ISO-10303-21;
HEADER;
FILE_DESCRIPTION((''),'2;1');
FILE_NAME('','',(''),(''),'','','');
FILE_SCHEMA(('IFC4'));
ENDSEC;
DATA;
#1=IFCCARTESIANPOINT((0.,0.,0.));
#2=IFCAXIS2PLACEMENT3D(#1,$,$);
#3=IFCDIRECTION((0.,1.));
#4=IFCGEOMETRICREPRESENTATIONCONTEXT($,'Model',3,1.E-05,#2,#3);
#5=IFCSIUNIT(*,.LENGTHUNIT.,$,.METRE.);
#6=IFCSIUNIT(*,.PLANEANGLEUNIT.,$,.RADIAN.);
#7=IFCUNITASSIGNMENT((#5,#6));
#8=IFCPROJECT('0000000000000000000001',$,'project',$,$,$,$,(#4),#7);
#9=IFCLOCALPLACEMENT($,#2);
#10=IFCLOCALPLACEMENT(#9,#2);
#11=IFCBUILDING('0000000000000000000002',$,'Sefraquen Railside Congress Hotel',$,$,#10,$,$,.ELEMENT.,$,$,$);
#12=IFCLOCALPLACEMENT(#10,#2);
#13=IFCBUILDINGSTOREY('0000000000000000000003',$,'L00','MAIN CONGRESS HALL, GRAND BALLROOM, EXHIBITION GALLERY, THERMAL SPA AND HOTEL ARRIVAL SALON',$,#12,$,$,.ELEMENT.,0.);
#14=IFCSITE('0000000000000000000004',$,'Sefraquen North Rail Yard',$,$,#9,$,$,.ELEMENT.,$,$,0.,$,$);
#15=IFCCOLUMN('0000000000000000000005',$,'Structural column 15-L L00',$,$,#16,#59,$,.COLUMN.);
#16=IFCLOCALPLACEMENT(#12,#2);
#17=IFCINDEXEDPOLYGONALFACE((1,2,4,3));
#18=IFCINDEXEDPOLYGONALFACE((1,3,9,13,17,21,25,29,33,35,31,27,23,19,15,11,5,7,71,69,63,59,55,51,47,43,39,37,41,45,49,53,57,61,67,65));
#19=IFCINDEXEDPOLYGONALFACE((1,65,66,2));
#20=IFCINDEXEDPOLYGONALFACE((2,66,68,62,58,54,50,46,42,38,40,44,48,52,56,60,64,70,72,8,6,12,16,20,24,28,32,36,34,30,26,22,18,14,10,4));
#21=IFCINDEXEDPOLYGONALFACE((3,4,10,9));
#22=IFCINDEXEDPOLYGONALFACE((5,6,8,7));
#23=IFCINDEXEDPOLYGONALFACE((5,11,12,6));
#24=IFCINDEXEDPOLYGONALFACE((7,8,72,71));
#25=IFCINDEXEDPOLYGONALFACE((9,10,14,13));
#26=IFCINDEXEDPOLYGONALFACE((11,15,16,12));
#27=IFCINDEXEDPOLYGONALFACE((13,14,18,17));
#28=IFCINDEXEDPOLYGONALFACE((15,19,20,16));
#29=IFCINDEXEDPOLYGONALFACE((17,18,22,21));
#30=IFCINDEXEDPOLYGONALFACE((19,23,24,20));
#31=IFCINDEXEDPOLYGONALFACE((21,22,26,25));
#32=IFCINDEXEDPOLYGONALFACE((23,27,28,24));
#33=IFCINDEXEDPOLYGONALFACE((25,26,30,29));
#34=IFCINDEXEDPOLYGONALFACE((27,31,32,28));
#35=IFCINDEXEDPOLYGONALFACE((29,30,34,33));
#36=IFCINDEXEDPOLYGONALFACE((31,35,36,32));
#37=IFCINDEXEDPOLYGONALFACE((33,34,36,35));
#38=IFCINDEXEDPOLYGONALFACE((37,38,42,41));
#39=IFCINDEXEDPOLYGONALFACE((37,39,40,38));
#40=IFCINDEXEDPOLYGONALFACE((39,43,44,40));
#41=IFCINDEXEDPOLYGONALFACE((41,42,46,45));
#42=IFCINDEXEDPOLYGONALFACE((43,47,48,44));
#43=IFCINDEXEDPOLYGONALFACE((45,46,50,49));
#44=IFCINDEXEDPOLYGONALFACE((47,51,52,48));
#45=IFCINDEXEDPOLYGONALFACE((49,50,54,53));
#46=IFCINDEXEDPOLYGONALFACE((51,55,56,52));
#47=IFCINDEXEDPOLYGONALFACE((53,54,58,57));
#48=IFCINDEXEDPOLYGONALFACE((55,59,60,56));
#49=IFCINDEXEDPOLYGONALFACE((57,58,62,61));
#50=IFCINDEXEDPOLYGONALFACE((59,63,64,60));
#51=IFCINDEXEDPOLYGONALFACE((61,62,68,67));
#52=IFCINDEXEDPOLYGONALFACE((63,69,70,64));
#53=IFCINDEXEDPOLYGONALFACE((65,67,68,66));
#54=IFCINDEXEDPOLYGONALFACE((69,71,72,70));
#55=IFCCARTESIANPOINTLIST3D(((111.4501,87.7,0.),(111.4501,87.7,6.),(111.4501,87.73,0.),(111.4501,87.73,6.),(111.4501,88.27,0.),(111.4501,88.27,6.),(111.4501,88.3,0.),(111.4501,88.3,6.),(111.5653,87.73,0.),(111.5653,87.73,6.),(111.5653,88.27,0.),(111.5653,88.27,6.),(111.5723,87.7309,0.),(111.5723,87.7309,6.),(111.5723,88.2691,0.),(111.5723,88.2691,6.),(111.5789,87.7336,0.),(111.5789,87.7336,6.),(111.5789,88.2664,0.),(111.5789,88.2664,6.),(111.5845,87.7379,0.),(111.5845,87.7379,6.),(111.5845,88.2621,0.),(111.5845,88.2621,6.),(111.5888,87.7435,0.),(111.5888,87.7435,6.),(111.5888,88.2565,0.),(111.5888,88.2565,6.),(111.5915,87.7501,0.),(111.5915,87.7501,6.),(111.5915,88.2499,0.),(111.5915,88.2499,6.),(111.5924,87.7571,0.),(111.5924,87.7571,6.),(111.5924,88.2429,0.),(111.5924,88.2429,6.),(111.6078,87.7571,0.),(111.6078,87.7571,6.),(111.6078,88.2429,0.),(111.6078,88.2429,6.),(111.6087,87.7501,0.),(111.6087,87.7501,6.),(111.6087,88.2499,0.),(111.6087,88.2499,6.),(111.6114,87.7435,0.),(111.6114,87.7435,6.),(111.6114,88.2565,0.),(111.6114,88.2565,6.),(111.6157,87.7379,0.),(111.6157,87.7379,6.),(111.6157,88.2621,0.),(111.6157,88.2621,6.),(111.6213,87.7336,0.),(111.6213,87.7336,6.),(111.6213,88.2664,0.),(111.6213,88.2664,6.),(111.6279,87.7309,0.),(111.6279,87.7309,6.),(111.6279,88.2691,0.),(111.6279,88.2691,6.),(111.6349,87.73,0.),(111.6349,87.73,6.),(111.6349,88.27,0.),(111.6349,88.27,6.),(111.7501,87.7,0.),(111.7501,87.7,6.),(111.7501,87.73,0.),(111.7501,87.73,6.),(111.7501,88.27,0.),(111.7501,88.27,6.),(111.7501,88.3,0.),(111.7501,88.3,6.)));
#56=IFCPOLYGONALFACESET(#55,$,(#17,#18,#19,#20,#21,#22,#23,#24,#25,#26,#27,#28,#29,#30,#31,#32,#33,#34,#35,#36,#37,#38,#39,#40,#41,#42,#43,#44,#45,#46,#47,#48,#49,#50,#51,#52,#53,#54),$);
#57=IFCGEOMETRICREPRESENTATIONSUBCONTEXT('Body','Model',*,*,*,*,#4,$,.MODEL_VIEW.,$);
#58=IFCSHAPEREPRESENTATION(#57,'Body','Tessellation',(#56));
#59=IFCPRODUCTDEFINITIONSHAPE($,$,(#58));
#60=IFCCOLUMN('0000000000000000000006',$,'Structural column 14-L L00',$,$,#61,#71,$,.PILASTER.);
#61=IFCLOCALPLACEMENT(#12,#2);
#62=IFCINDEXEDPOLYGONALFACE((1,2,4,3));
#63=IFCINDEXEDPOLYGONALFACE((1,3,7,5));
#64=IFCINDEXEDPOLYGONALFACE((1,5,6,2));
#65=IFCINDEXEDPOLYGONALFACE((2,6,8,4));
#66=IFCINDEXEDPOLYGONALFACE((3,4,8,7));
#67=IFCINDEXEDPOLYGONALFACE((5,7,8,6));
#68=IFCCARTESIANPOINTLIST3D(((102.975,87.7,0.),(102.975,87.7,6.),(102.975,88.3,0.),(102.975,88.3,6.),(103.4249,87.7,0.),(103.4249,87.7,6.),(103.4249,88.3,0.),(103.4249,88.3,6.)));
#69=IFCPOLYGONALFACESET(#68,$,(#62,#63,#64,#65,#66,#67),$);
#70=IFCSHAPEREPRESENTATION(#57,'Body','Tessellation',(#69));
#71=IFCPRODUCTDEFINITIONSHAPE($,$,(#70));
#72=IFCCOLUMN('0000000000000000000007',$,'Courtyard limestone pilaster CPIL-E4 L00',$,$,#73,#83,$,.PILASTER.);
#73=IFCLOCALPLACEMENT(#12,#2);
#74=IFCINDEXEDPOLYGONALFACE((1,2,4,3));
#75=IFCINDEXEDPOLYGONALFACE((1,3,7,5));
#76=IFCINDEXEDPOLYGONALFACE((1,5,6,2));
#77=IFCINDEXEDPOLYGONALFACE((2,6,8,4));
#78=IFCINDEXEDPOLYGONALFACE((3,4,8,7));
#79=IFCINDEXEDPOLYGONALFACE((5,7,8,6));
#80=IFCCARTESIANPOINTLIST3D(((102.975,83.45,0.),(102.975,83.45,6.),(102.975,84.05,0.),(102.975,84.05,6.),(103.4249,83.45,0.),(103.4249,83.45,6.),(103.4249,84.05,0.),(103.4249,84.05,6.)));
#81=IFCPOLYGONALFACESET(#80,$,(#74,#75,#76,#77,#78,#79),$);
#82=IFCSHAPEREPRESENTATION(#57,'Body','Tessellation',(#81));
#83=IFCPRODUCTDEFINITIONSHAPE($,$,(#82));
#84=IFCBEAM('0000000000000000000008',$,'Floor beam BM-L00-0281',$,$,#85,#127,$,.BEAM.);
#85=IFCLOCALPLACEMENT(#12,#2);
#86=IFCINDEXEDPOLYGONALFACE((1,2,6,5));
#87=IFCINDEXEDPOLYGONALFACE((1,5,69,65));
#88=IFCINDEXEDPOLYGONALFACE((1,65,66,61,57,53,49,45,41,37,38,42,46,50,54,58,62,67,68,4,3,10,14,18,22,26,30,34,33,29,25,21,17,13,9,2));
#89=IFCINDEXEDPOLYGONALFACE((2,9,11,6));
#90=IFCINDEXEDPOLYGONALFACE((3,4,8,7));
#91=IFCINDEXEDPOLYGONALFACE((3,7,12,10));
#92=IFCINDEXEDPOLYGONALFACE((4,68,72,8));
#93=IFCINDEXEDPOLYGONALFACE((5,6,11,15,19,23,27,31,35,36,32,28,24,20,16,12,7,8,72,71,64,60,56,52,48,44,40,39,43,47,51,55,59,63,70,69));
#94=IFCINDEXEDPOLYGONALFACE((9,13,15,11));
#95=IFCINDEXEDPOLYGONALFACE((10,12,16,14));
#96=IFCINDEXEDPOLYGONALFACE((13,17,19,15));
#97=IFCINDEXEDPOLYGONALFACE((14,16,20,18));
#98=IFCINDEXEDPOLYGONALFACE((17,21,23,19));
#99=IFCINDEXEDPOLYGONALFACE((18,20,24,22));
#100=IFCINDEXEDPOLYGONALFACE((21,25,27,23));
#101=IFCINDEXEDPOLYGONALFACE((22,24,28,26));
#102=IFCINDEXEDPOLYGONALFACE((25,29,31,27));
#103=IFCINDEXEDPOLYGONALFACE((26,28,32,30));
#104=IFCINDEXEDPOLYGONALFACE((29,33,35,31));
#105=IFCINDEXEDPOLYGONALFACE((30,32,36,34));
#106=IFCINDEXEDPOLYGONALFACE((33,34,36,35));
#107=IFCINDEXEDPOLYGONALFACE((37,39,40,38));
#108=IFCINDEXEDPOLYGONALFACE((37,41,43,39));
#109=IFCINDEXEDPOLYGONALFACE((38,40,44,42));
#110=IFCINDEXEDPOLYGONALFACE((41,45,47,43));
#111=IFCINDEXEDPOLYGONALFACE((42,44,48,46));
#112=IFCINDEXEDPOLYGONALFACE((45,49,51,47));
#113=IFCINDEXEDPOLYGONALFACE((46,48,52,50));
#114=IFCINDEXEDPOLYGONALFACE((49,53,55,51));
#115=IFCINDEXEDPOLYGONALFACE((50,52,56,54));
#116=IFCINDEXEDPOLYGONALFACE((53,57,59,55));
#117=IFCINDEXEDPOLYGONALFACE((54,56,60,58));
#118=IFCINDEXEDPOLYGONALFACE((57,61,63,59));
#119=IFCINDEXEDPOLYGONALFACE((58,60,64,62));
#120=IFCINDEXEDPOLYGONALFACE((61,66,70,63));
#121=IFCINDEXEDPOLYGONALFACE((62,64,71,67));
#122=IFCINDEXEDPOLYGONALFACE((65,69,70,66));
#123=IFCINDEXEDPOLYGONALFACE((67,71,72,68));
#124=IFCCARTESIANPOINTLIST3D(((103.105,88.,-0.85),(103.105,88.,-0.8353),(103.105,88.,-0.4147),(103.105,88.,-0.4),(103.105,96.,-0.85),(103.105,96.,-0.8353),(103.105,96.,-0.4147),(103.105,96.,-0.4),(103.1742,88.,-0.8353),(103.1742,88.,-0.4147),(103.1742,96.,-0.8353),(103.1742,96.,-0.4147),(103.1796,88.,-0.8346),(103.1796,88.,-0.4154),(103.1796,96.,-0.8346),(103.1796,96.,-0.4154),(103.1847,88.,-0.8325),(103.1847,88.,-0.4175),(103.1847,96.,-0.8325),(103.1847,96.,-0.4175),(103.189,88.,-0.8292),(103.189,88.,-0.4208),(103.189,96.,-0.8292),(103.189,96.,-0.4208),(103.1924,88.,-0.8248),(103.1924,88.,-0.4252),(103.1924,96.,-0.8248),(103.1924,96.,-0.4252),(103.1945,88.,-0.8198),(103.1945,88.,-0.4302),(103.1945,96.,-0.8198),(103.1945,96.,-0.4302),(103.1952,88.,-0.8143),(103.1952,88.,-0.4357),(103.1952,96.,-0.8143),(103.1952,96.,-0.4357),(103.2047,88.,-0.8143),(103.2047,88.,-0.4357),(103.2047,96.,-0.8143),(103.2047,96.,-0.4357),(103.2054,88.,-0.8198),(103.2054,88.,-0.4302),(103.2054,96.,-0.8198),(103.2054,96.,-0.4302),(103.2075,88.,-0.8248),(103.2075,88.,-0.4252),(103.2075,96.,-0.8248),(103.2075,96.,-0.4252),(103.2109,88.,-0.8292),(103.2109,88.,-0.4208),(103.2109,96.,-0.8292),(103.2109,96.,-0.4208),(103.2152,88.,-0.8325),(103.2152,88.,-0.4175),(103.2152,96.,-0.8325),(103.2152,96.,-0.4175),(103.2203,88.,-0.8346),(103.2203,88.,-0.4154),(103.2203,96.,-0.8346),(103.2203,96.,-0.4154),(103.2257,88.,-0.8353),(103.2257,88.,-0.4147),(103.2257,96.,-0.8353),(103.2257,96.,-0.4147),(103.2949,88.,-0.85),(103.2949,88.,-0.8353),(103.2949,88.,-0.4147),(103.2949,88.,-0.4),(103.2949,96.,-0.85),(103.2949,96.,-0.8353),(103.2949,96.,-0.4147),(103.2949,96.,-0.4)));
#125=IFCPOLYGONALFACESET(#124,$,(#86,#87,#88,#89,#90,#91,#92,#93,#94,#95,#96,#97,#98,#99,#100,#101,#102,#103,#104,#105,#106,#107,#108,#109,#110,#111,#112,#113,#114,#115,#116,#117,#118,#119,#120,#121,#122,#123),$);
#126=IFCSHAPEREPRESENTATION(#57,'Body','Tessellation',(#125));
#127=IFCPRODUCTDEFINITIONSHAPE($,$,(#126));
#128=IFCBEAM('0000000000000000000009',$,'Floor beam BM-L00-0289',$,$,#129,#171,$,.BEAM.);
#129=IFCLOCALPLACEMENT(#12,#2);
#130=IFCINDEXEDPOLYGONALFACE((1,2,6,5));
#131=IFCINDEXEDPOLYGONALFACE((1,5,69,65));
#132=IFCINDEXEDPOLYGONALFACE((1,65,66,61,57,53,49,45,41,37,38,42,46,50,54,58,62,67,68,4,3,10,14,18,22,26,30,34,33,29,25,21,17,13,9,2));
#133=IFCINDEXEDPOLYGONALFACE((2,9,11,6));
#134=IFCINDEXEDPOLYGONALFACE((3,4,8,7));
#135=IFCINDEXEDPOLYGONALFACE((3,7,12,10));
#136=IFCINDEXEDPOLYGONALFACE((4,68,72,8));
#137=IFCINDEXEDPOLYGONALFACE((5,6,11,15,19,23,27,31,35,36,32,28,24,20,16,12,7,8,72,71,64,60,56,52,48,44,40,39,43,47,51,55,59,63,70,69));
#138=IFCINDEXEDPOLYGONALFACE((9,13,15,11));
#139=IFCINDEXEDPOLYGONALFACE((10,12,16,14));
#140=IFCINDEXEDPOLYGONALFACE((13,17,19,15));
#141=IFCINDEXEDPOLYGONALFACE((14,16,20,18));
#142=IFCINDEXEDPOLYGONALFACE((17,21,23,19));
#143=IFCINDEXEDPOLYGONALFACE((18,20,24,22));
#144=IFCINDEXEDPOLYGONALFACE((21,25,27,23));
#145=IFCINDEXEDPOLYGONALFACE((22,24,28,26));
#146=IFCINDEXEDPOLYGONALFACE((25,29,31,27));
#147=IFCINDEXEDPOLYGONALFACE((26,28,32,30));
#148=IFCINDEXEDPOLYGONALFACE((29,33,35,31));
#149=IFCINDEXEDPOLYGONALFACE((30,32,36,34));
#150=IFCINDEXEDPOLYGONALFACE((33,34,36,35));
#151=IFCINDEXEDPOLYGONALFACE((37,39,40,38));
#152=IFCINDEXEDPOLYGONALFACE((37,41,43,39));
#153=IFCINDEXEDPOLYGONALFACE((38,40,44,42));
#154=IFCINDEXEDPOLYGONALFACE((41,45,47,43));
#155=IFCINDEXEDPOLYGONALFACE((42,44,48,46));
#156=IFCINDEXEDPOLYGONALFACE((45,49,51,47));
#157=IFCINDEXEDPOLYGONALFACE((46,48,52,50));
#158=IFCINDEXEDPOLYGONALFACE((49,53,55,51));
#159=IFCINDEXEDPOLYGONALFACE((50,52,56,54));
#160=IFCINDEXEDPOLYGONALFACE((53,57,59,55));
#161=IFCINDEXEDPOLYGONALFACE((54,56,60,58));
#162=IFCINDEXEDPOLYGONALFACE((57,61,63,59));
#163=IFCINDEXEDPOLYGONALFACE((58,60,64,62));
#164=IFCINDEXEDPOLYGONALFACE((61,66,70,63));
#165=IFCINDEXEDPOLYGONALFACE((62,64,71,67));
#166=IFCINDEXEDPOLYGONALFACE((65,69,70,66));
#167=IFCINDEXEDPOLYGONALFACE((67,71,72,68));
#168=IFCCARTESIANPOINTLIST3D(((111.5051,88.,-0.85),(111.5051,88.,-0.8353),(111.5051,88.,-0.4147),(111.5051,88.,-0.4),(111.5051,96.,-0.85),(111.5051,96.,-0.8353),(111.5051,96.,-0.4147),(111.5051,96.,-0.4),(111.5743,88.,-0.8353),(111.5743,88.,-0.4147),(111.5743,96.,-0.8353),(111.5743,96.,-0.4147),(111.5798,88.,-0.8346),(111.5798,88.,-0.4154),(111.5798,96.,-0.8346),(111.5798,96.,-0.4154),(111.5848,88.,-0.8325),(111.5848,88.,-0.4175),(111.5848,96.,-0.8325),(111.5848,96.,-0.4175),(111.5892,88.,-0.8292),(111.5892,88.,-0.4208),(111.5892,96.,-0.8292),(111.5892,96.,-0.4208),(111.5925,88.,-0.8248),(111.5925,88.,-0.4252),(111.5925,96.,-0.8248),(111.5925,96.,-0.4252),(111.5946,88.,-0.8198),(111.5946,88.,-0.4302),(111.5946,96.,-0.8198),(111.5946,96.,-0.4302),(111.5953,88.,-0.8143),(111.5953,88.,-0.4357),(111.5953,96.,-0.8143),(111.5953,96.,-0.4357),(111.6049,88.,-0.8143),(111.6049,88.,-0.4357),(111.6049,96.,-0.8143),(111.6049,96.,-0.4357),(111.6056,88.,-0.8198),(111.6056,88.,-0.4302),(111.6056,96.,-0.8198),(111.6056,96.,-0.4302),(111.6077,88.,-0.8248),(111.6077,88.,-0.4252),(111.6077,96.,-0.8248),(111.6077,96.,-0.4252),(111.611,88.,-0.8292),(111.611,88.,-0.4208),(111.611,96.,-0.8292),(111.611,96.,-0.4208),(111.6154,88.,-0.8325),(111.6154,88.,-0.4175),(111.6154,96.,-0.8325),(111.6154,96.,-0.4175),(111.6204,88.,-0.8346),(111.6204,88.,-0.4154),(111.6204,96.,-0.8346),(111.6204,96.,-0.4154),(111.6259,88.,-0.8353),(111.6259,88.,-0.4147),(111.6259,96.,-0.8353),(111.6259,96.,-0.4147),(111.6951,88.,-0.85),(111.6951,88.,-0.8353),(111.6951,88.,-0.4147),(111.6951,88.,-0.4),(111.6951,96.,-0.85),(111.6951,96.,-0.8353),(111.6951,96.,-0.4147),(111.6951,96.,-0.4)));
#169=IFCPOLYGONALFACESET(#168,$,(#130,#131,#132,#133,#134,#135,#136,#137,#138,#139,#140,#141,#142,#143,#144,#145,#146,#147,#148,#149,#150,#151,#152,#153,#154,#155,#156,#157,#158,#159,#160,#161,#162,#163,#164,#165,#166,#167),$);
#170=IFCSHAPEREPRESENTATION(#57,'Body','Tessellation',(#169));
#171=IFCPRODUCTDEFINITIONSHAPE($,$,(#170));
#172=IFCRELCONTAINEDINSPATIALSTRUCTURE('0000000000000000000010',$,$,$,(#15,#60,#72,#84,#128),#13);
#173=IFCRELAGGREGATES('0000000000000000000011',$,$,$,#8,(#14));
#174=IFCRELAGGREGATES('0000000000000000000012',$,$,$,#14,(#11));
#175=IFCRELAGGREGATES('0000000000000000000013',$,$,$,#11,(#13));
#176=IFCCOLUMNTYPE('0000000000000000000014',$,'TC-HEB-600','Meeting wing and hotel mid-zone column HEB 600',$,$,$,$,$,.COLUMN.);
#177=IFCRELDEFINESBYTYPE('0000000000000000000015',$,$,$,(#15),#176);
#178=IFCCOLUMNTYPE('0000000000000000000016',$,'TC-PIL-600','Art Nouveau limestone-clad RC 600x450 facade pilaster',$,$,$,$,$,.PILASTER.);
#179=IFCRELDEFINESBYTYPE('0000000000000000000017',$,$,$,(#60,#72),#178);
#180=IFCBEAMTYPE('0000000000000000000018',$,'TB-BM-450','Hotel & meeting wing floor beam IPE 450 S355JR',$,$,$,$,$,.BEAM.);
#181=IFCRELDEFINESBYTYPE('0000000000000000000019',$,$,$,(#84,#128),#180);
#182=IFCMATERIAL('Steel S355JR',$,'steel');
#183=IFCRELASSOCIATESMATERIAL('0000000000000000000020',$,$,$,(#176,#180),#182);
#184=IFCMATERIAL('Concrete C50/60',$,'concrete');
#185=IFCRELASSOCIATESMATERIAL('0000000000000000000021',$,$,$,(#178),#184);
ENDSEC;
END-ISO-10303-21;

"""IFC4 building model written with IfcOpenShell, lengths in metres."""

from ifc_helpers import new_model, si_unit, direction, frame, origin, origin_2d, place, context, subcontext, project, spatial, rectangle, i_section, extrude, material, material_profile, profile_set, type_object, element, save


model = new_model("IFC4")

# Units and contexts
model_context = context("Model", 3, precision=1e-05, world=origin(), true_north=direction((0.0, 1.0)))
body_context = subcontext(model_context, "Body", "Model", "MODEL_VIEW")
ifc_project = project(units=[si_unit("LENGTHUNIT", "METRE"), si_unit("PLANEANGLEUNIT", "RADIAN")], contexts=[model_context])

# Site, building, storey
site_placement = place(None, origin())
site = spatial("IfcSite", under=ifc_project, at=site_placement, Name="Sefraquen North Rail Yard", CompositionType="ELEMENT", RefElevation=0.0)
building_placement = place(site_placement, origin())
building = spatial("IfcBuilding", under=site, at=building_placement, Name="Sefraquen Railside Congress Hotel", CompositionType="ELEMENT")
storey_placement = place(building_placement, origin())
storey = spatial("IfcBuildingStorey", under=building, at=storey_placement, Name="L00", Description="MAIN CONGRESS HALL, GRAND BALLROOM, EXHIBITION GALLERY, THERMAL SPA AND HOTEL ARRIVAL SALON", CompositionType="ELEMENT", Elevation=0.0)

# Columns
ifc_material_1 = material(Name="Steel S355JR", Category="steel")
ifc_material_profile_1 = material_profile(ifc_material_1, i_section(OverallWidth=0.3, OverallDepth=0.6001, WebThickness=0.0154, FlangeThickness=0.03, FilletRadius=0.0271, at=origin_2d()), Name="HEB 600")
ifc_profile_set_1 = profile_set([ifc_material_profile_1], Name="Steel S355JR")
column_type_1 = type_object("IfcColumnType", Name="TC-HEB-600", Description="Meeting wing and hotel mid-zone column HEB 600", PredefinedType="COLUMN", material=ifc_profile_set_1)
column_placement = place(storey_placement, frame((111.6001, 88.0, 0.0), z_axis=(0.0, 0.0, 1.0), x_axis=(1.0, 0.0, 0.0)))
element("IfcColumn", 1, at=column_placement, inside=storey, type_object=column_type_1, Name="Structural column 15-L L00", PredefinedType="COLUMN", context=body_context, shape_type="SweptSolid", body=[
    extrude(i_section(OverallWidth=0.3, OverallDepth=0.6001, WebThickness=0.0154, FlangeThickness=0.03, FilletRadius=0.0271, at=origin_2d()), origin(), (0.0, 0.0, 1.0), 6.0),
])
ifc_material_2 = material(Name="Concrete C50/60", Category="concrete")
ifc_material_profile_2 = material_profile(ifc_material_2, rectangle(XDim=0.45, YDim=0.6001, at=origin_2d()), Name="RC 600x450")
ifc_profile_set_2 = profile_set([ifc_material_profile_2], Name="Concrete C50/60")
column_type_2 = type_object("IfcColumnType", Name="TC-PIL-600", Description="Art Nouveau limestone-clad RC 600x450 facade pilaster", PredefinedType="PILASTER", material=ifc_profile_set_2)
for number, where, z_axis, x_axis, name in (
    (2, (103.2, 88.0, 0.0), (0.0, 0.0, 1.0), (1.0, 0.0, 0.0), "Structural column 14-L L00"),
    (3, (103.2, 83.75, 0.0), (0.0, 0.0, 1.0), (1.0, 0.0, 0.0), "Courtyard limestone pilaster CPIL-E4 L00"),
):
    element("IfcColumn", number, at=place(storey_placement, frame(where, z_axis=z_axis, x_axis=x_axis)), inside=storey, type_object=column_type_2, Name=name, PredefinedType="PILASTER", context=body_context, shape_type="SweptSolid", body=[
        extrude(rectangle(XDim=0.45, YDim=0.6001, at=origin_2d()), origin(), (0.0, 0.0, 1.0), 6.0),
    ])

# Beams
ifc_material_profile_3 = material_profile(ifc_material_1, i_section(OverallWidth=0.1899, OverallDepth=0.45, WebThickness=0.0095, FlangeThickness=0.0146, FilletRadius=0.021, at=origin_2d()), Name="IPE 450")
ifc_profile_set_3 = profile_set([ifc_material_profile_3], Name="Steel S355JR")
beam_type_1 = type_object("IfcBeamType", Name="TB-BM-450", Description="Hotel & meeting wing floor beam IPE 450 S355JR", PredefinedType="BEAM", material=ifc_profile_set_3)
for number, where, z_axis, x_axis, name in (
    (4, (103.2, 88.0, -0.625), (0.0, 1.0, 0.0), (-1.0, 0.0, 0.0), "Floor beam BM-L00-0281"),
    (5, (111.6001, 88.0, -0.625), (0.0, 1.0, 0.0), (-1.0, 0.0, 0.0), "Floor beam BM-L00-0289"),
):
    element("IfcBeam", number, at=place(storey_placement, frame(where, z_axis=z_axis, x_axis=x_axis)), inside=storey, type_object=beam_type_1, Name=name, PredefinedType="BEAM", context=body_context, shape_type="SweptSolid", body=[
        extrude(i_section(OverallWidth=0.1899, OverallDepth=0.45, WebThickness=0.0095, FlangeThickness=0.0146, FilletRadius=0.021, at=origin_2d()), origin(), (0.0, 0.0, 1.0), 8.0),
    ])

save(model, "model.ifc")
